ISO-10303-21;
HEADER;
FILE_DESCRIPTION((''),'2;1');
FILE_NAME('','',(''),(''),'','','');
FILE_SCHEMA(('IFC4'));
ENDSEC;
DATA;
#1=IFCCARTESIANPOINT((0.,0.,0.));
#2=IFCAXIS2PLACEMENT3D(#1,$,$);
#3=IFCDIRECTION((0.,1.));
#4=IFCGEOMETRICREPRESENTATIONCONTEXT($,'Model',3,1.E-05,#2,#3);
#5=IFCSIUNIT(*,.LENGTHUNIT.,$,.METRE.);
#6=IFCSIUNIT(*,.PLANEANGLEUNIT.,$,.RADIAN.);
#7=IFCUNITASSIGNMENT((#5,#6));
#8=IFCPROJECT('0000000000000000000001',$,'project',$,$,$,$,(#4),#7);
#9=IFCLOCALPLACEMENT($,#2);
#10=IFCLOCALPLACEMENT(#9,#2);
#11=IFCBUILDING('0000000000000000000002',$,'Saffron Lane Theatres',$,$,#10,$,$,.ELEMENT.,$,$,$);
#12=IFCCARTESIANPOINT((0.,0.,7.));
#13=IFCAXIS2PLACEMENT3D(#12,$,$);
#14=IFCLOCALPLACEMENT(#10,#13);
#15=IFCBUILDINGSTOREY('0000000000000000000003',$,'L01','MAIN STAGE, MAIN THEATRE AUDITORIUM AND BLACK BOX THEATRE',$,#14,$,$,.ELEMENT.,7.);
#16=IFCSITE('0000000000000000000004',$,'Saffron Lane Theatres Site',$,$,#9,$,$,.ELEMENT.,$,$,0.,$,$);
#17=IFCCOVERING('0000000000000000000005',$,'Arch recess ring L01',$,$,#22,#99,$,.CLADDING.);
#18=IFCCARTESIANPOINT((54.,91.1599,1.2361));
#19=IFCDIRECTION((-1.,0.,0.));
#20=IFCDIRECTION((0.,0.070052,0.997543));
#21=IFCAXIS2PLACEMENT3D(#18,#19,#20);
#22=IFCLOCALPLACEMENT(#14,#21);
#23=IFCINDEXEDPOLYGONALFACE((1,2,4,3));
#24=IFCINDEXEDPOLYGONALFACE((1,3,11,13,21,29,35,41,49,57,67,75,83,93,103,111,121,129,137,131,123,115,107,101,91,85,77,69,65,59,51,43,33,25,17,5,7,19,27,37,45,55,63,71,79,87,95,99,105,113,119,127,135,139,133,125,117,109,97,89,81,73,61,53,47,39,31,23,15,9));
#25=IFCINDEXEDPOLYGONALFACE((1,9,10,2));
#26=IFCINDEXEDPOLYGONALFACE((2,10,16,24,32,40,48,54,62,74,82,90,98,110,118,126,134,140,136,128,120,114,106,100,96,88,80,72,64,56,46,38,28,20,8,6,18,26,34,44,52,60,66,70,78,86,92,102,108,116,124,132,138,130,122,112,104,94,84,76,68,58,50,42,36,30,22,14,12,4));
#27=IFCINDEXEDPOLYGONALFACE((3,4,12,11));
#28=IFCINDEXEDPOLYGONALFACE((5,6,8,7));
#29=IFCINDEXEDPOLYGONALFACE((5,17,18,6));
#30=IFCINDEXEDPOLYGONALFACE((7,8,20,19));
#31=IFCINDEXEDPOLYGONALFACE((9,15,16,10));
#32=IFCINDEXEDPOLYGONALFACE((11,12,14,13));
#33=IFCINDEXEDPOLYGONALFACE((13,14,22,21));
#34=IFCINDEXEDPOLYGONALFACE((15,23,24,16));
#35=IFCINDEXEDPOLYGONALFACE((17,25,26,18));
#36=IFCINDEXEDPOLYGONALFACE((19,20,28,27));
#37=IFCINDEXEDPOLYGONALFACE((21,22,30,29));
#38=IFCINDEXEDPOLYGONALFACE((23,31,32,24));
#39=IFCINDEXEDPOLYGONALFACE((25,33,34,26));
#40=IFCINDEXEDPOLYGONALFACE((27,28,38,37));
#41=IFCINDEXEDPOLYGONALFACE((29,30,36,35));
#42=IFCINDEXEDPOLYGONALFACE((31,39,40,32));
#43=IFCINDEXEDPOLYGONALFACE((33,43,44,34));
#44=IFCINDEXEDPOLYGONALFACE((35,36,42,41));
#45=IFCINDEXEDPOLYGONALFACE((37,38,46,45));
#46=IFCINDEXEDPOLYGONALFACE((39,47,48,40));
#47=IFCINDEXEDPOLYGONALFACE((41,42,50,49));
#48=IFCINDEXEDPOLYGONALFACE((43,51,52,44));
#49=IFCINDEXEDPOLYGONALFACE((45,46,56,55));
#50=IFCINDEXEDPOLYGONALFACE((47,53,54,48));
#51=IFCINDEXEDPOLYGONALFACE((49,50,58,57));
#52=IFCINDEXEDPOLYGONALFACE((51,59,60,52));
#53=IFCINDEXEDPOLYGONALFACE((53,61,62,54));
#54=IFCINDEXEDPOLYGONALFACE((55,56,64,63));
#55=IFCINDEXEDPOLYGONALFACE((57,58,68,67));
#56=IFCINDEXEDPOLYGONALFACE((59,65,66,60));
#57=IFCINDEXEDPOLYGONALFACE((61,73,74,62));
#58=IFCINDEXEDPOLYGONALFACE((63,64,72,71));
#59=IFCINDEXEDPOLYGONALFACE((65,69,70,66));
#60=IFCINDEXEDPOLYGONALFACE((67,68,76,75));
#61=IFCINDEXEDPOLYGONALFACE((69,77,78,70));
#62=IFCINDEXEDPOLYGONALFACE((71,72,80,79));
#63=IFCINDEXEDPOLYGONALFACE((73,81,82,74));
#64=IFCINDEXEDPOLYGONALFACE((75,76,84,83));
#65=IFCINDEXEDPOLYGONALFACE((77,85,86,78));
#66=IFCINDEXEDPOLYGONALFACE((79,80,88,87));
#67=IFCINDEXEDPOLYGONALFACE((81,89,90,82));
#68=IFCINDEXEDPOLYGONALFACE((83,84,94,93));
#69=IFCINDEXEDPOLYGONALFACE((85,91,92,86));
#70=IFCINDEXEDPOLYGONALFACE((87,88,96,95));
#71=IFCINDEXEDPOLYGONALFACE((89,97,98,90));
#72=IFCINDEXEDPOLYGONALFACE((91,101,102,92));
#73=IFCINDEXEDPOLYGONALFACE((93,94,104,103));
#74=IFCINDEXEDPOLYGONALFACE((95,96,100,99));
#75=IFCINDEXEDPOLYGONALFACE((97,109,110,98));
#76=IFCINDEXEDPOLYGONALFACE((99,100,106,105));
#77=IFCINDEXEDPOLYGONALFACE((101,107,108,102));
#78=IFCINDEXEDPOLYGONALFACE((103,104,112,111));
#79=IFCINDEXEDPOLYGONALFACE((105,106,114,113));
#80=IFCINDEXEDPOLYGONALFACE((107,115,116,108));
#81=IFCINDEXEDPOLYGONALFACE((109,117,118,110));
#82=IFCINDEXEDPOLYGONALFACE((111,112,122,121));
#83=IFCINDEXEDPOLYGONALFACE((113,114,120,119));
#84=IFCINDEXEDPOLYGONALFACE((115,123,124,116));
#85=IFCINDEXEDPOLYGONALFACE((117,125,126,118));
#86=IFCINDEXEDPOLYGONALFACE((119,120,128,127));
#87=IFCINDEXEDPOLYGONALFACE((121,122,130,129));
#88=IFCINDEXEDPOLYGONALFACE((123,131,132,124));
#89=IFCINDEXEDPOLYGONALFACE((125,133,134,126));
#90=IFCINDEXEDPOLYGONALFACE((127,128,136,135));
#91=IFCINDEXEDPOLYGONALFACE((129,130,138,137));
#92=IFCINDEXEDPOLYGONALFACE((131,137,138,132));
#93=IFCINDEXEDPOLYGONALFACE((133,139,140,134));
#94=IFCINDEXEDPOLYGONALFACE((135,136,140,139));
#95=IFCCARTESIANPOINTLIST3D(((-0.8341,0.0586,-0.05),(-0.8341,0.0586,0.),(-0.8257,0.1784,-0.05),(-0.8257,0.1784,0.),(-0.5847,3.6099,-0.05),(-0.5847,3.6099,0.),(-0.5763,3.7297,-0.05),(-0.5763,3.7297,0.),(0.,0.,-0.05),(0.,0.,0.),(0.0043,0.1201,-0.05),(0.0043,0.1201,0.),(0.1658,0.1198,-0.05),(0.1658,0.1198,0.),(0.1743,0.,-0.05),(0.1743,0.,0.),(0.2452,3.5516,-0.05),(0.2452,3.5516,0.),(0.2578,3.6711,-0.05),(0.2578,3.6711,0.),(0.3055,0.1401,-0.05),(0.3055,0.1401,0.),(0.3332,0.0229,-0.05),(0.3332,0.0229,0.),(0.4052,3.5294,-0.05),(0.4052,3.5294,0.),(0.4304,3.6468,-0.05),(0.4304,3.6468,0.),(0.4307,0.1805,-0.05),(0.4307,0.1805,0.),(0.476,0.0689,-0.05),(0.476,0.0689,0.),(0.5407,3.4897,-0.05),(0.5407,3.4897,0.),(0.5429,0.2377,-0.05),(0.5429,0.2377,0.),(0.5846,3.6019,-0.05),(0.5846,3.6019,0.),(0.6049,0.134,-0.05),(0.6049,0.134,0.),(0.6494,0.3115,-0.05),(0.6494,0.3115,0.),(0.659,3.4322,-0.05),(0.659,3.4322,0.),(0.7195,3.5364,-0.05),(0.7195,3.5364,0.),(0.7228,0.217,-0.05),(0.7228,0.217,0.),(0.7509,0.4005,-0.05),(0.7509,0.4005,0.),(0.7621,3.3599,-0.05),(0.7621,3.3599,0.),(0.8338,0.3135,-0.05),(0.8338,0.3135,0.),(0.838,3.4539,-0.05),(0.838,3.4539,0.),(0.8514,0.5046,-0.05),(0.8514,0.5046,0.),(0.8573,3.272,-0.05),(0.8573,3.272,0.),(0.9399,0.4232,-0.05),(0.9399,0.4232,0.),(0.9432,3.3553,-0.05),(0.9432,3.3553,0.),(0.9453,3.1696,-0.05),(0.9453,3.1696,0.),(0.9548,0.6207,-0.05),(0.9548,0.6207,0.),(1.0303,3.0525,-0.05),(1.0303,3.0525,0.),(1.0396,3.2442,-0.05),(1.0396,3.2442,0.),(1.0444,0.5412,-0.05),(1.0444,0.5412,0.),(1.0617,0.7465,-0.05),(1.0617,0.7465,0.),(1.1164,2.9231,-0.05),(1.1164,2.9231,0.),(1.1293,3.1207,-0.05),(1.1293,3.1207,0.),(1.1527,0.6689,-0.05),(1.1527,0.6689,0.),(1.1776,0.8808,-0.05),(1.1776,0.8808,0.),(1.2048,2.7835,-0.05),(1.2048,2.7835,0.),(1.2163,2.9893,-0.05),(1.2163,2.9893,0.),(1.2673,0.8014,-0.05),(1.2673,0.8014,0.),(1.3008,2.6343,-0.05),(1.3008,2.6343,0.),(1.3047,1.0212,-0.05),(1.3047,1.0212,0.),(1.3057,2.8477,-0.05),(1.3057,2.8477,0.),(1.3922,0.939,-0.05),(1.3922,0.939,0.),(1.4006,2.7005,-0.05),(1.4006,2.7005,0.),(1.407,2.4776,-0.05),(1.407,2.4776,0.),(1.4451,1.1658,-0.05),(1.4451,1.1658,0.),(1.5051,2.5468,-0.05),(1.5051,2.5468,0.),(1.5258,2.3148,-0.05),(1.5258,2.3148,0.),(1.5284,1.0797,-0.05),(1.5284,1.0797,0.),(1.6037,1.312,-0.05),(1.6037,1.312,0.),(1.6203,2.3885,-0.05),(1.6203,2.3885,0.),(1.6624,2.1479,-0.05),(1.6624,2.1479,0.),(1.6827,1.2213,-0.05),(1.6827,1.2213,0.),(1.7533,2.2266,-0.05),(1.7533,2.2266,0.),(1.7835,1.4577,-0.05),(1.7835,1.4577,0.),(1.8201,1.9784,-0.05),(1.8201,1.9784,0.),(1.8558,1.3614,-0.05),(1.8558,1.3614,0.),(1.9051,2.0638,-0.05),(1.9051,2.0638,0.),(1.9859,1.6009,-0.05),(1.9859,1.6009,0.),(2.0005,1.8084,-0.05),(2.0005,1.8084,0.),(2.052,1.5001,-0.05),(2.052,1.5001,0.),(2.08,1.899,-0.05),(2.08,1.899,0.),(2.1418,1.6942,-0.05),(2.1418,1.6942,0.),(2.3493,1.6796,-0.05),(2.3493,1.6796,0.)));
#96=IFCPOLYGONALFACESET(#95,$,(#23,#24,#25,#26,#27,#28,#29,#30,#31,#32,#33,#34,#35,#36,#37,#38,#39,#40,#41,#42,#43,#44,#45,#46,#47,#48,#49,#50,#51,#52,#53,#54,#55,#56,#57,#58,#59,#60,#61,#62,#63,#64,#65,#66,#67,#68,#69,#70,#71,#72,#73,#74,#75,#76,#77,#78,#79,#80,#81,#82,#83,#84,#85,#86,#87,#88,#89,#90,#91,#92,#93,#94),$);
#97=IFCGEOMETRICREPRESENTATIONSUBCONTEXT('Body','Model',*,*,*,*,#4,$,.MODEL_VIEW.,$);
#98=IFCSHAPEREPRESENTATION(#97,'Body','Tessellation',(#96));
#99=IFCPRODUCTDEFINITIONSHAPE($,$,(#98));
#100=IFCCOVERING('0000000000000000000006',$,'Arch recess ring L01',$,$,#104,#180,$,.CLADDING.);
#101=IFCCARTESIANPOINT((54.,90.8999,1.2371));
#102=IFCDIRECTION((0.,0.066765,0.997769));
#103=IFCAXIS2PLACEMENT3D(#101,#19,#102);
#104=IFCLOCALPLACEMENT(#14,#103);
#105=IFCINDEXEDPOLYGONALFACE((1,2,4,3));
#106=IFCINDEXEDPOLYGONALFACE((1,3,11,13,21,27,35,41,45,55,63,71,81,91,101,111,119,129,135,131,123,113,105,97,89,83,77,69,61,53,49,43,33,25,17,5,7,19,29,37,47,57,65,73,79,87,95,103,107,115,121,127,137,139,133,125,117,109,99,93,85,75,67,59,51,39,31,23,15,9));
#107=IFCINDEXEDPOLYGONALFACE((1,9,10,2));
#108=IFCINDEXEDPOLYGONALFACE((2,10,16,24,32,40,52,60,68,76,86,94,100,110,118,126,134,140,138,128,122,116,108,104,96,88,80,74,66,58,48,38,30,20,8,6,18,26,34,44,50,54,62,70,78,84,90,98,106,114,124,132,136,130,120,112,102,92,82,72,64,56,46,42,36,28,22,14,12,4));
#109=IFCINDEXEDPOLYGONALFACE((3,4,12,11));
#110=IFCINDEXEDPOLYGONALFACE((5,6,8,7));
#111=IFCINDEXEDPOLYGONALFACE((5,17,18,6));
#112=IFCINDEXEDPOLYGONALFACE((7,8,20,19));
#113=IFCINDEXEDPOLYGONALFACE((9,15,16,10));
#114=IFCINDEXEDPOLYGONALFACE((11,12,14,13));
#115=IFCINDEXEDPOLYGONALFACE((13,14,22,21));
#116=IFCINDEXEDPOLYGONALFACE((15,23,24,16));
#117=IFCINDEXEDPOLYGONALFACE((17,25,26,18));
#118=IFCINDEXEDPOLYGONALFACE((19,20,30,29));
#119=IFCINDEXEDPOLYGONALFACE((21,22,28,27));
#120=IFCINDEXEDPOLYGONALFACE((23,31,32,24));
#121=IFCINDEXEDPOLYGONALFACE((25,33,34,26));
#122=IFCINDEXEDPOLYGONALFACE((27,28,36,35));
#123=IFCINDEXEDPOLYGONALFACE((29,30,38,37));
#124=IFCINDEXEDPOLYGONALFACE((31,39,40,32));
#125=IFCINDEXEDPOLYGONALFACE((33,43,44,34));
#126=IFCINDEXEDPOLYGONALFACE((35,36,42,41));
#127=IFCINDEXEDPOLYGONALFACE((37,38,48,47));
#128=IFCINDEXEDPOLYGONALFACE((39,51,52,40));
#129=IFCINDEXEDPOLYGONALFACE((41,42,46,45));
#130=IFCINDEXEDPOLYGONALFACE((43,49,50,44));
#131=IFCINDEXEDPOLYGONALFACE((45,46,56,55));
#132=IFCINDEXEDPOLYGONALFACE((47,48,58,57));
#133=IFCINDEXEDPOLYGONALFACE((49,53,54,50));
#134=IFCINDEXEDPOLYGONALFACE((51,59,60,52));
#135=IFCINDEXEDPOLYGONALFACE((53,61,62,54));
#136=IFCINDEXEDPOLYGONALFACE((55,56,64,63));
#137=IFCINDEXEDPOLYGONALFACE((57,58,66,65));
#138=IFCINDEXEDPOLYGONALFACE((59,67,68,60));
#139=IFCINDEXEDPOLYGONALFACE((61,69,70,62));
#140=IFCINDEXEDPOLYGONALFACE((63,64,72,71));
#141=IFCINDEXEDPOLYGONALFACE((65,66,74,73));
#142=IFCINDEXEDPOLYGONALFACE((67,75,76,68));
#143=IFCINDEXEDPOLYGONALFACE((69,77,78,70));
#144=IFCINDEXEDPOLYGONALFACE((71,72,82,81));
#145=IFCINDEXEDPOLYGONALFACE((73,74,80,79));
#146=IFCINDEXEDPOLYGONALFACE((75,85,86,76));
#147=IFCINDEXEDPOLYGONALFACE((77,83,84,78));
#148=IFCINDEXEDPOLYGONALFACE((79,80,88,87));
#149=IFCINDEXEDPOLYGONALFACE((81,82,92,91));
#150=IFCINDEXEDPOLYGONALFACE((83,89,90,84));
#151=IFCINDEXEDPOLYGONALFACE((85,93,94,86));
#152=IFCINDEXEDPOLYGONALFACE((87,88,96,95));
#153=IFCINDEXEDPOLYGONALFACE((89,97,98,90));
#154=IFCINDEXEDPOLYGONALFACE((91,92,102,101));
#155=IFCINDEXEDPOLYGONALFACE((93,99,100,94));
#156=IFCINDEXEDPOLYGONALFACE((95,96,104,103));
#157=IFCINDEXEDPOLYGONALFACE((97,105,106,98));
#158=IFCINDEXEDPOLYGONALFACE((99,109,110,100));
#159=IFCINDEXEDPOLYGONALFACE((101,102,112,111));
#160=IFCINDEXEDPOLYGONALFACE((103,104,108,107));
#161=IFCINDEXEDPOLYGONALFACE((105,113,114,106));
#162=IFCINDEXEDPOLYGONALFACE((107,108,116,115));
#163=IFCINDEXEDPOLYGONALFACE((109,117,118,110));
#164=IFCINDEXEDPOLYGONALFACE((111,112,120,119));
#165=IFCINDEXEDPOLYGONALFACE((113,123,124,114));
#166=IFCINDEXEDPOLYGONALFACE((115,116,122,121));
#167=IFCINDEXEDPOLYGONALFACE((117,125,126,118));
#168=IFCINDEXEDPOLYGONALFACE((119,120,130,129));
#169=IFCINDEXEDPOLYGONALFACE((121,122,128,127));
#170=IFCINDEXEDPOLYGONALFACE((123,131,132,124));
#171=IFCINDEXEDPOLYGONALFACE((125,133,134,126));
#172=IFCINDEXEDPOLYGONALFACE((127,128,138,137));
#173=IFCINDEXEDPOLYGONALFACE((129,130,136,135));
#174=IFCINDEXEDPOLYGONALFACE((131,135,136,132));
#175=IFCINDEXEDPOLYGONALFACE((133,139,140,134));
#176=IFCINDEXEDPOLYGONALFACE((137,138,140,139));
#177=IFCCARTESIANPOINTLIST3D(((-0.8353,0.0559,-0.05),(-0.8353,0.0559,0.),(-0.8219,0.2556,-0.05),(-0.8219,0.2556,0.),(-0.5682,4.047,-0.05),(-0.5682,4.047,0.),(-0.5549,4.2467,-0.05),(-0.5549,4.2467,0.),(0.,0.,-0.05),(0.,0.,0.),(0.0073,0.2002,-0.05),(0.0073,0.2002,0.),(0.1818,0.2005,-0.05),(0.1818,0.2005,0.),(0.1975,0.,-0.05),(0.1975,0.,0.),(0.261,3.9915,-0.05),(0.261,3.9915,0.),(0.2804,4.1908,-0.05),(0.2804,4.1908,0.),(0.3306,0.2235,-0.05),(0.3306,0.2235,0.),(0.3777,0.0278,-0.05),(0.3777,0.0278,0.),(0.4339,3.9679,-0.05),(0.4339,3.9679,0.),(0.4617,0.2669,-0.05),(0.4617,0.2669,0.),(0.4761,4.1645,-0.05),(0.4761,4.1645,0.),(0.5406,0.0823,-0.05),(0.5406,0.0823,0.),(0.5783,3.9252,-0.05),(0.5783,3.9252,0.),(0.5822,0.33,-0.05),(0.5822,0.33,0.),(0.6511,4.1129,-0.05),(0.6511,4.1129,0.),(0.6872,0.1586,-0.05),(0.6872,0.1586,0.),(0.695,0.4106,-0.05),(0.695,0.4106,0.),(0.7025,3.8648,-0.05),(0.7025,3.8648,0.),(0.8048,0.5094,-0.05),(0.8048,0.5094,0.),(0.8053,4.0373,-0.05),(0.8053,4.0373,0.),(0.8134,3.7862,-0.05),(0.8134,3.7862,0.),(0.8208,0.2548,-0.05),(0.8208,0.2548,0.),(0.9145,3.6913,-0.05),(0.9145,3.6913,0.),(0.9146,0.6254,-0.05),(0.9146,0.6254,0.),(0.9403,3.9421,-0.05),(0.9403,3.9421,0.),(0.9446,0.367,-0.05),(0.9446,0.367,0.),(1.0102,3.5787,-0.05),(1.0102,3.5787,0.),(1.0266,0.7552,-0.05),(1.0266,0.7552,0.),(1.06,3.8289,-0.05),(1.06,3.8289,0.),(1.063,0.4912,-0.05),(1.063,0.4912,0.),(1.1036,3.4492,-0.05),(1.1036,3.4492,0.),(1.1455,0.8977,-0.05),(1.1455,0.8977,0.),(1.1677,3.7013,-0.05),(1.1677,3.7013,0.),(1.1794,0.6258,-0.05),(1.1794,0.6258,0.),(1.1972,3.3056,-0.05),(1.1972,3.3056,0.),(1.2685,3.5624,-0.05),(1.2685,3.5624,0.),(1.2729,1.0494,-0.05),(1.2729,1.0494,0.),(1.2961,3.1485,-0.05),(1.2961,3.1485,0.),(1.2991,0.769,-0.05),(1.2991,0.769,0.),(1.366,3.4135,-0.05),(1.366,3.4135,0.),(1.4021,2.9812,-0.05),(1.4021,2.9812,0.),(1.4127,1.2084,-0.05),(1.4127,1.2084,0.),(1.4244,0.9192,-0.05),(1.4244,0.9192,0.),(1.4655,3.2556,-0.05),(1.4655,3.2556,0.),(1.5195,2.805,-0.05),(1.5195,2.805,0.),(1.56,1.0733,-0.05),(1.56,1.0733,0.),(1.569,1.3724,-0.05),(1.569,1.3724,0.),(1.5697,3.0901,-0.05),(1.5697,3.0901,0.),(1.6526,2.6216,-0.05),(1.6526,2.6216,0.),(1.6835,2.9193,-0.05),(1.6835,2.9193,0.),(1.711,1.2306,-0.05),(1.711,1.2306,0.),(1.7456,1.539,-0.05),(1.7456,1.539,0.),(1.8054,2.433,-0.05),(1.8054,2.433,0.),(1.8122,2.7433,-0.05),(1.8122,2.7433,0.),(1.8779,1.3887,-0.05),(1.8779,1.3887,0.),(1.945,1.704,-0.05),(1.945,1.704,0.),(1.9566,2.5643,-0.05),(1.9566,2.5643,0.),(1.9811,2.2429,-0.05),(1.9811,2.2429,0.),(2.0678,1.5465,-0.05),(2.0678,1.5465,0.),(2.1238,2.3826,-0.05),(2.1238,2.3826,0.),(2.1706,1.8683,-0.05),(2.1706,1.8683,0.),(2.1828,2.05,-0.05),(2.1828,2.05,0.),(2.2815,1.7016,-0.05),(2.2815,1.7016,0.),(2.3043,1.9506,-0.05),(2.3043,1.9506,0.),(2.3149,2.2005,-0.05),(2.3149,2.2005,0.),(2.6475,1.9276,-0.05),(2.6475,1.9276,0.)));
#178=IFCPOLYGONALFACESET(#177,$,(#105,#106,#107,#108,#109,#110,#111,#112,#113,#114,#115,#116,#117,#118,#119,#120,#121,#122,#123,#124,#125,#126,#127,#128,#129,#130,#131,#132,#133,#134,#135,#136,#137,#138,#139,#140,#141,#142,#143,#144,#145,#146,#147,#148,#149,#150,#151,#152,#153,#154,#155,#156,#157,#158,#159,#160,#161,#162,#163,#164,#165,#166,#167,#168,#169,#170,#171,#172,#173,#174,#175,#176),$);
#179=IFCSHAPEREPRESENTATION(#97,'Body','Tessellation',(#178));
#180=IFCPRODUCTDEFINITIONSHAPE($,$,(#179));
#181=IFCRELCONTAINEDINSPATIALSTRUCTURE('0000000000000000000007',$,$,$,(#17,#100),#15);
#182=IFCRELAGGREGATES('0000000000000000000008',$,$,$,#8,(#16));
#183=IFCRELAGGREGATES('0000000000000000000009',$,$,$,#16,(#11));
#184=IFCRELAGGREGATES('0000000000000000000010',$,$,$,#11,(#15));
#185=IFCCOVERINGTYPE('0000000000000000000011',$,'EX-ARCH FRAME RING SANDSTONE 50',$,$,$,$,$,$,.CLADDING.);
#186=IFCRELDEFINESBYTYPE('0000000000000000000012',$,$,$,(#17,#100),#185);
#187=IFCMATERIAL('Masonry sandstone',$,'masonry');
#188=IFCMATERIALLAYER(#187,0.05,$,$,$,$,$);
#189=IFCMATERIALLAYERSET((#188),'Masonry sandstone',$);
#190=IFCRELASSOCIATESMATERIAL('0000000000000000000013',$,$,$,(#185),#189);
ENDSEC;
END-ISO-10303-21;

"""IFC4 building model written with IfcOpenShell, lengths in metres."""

from ifc_helpers import new_model, si_unit, direction, frame, origin, place, context, subcontext, project, spatial, polyline, outline, extrude, material, layer, layer_set, type_object, element, save


model = new_model("IFC4")

# Units and contexts
model_context = context("Model", 3, precision=1e-05, world=origin(), true_north=direction((0.0, 1.0)))
body_context = subcontext(model_context, "Body", "Model", "MODEL_VIEW")
ifc_project = project(units=[si_unit("LENGTHUNIT", "METRE"), si_unit("PLANEANGLEUNIT", "RADIAN")], contexts=[model_context])

# Site, building, storey
site_placement = place(None, origin())
site = spatial("IfcSite", under=ifc_project, at=site_placement, Name="Saffron Lane Theatres Site", CompositionType="ELEMENT", RefElevation=0.0)
building_placement = place(site_placement, origin())
building = spatial("IfcBuilding", under=site, at=building_placement, Name="Saffron Lane Theatres", CompositionType="ELEMENT")
storey_placement = place(building_placement, frame((0.0, 0.0, 7.0)))
storey = spatial("IfcBuildingStorey", under=building, at=storey_placement, Name="L01", Description="MAIN STAGE, MAIN THEATRE AUDITORIUM AND BLACK BOX THEATRE", CompositionType="ELEMENT", Elevation=7.0)

# Coverings
ifc_material_1 = material(Name="Masonry sandstone", Category="masonry")
ifc_layer_1 = layer(ifc_material_1, 0.05)
ifc_layer_set_1 = layer_set([ifc_layer_1], Name="Masonry sandstone")
covering_type_1 = type_object("IfcCoveringType", Name="EX-ARCH FRAME RING SANDSTONE 50", PredefinedType="CLADDING", material=ifc_layer_set_1)
covering_1_placement = place(storey_placement, frame((54.0, 91.1599, 1.2361), z_axis=(-1.0, 0.0, 0.0), x_axis=(0.0, 0.070052, 0.997543)))
element("IfcCovering", 1, at=covering_1_placement, inside=storey, type_object=covering_type_1, Name="Arch recess ring L01", PredefinedType="CLADDING", context=body_context, shape_type="SweptSolid", body=[
    extrude(outline(polyline([(0.0, 0.0), (0.1743, 0.0), (0.3332, 0.0229), (0.476, 0.0689), (0.6049, 0.134), (0.7228, 0.217), (0.8338, 0.3135), (0.9399, 0.4232), (1.0444, 0.5412), (1.1527, 0.6689), (1.2673, 0.8014), (1.3922, 0.939), (1.5284, 1.0797), (1.6827, 1.2213), (1.8558, 1.3614), (2.052, 1.5001), (2.3493, 1.6796), (2.08, 1.899), (1.9051, 2.0638), (1.7533, 2.2266), (1.6203, 2.3885), (1.5051, 2.5468), (1.4006, 2.7005), (1.3057, 2.8477), (1.2163, 2.9893), (1.1293, 3.1207), (1.0396, 3.2442), (0.9432, 3.3553), (0.838, 3.4539), (0.7195, 3.5364), (0.5846, 3.6019), (0.4304, 3.6468), (0.2578, 3.6711), (-0.5763, 3.7297), (-0.5847, 3.6099), (0.2452, 3.5516), (0.4052, 3.5294), (0.5407, 3.4897), (0.659, 3.4322), (0.7621, 3.3599), (0.8573, 3.272), (0.9453, 3.1696), (1.0303, 3.0525), (1.1164, 2.9231), (1.2048, 2.7835), (1.3008, 2.6343), (1.407, 2.4776), (1.5258, 2.3148), (1.6624, 2.1479), (1.8201, 1.9784), (2.0005, 1.8084), (2.1418, 1.6942), (1.9859, 1.6009), (1.7835, 1.4577), (1.6037, 1.312), (1.4451, 1.1658), (1.3047, 1.0212), (1.1776, 0.8808), (1.0617, 0.7465), (0.9548, 0.6207), (0.8514, 0.5046), (0.7509, 0.4005), (0.6494, 0.3115), (0.5429, 0.2377), (0.4307, 0.1805), (0.3055, 0.1401), (0.1658, 0.1198), (0.0043, 0.1201), (-0.8257, 0.1784), (-0.8341, 0.0586), (0.0, 0.0)])), origin(), (0.0, 0.0, -1.0), 0.05),
])
covering_2_placement = place(storey_placement, frame((54.0, 90.8999, 1.2371), z_axis=(-1.0, 0.0, 0.0), x_axis=(0.0, 0.066765, 0.997769)))
element("IfcCovering", 2, at=covering_2_placement, inside=storey, type_object=covering_type_1, Name="Arch recess ring L01", PredefinedType="CLADDING", context=body_context, shape_type="SweptSolid", body=[
    extrude(outline(polyline([(0.0, 0.0), (0.1975, 0.0), (0.3777, 0.0278), (0.5406, 0.0823), (0.6872, 0.1586), (0.8208, 0.2548), (0.9446, 0.367), (1.063, 0.4912), (1.1794, 0.6258), (1.2991, 0.769), (1.4244, 0.9192), (1.56, 1.0733), (1.711, 1.2306), (1.8779, 1.3887), (2.0678, 1.5465), (2.2815, 1.7016), (2.6475, 1.9276), (2.3149, 2.2005), (2.1238, 2.3826), (1.9566, 2.5643), (1.8122, 2.7433), (1.6835, 2.9193), (1.5697, 3.0901), (1.4655, 3.2556), (1.366, 3.4135), (1.2685, 3.5624), (1.1677, 3.7013), (1.06, 3.8289), (0.9403, 3.9421), (0.8053, 4.0373), (0.6511, 4.1129), (0.4761, 4.1645), (0.2804, 4.1908), (-0.5549, 4.2467), (-0.5682, 4.047), (0.261, 3.9915), (0.4339, 3.9679), (0.5783, 3.9252), (0.7025, 3.8648), (0.8134, 3.7862), (0.9145, 3.6913), (1.0102, 3.5787), (1.1036, 3.4492), (1.1972, 3.3056), (1.2961, 3.1485), (1.4021, 2.9812), (1.5195, 2.805), (1.6526, 2.6216), (1.8054, 2.433), (1.9811, 2.2429), (2.1828, 2.05), (2.3043, 1.9506), (2.1706, 1.8683), (1.945, 1.704), (1.7456, 1.539), (1.569, 1.3724), (1.4127, 1.2084), (1.2729, 1.0494), (1.1455, 0.8977), (1.0266, 0.7552), (0.9146, 0.6254), (0.8048, 0.5094), (0.695, 0.4106), (0.5822, 0.33), (0.4617, 0.2669), (0.3306, 0.2235), (0.1818, 0.2005), (0.0073, 0.2002), (-0.8219, 0.2556), (-0.8353, 0.0559), (0.0, 0.0)])), origin(), (0.0, 0.0, -1.0), 0.05),
])

save(model, "model.ifc")
